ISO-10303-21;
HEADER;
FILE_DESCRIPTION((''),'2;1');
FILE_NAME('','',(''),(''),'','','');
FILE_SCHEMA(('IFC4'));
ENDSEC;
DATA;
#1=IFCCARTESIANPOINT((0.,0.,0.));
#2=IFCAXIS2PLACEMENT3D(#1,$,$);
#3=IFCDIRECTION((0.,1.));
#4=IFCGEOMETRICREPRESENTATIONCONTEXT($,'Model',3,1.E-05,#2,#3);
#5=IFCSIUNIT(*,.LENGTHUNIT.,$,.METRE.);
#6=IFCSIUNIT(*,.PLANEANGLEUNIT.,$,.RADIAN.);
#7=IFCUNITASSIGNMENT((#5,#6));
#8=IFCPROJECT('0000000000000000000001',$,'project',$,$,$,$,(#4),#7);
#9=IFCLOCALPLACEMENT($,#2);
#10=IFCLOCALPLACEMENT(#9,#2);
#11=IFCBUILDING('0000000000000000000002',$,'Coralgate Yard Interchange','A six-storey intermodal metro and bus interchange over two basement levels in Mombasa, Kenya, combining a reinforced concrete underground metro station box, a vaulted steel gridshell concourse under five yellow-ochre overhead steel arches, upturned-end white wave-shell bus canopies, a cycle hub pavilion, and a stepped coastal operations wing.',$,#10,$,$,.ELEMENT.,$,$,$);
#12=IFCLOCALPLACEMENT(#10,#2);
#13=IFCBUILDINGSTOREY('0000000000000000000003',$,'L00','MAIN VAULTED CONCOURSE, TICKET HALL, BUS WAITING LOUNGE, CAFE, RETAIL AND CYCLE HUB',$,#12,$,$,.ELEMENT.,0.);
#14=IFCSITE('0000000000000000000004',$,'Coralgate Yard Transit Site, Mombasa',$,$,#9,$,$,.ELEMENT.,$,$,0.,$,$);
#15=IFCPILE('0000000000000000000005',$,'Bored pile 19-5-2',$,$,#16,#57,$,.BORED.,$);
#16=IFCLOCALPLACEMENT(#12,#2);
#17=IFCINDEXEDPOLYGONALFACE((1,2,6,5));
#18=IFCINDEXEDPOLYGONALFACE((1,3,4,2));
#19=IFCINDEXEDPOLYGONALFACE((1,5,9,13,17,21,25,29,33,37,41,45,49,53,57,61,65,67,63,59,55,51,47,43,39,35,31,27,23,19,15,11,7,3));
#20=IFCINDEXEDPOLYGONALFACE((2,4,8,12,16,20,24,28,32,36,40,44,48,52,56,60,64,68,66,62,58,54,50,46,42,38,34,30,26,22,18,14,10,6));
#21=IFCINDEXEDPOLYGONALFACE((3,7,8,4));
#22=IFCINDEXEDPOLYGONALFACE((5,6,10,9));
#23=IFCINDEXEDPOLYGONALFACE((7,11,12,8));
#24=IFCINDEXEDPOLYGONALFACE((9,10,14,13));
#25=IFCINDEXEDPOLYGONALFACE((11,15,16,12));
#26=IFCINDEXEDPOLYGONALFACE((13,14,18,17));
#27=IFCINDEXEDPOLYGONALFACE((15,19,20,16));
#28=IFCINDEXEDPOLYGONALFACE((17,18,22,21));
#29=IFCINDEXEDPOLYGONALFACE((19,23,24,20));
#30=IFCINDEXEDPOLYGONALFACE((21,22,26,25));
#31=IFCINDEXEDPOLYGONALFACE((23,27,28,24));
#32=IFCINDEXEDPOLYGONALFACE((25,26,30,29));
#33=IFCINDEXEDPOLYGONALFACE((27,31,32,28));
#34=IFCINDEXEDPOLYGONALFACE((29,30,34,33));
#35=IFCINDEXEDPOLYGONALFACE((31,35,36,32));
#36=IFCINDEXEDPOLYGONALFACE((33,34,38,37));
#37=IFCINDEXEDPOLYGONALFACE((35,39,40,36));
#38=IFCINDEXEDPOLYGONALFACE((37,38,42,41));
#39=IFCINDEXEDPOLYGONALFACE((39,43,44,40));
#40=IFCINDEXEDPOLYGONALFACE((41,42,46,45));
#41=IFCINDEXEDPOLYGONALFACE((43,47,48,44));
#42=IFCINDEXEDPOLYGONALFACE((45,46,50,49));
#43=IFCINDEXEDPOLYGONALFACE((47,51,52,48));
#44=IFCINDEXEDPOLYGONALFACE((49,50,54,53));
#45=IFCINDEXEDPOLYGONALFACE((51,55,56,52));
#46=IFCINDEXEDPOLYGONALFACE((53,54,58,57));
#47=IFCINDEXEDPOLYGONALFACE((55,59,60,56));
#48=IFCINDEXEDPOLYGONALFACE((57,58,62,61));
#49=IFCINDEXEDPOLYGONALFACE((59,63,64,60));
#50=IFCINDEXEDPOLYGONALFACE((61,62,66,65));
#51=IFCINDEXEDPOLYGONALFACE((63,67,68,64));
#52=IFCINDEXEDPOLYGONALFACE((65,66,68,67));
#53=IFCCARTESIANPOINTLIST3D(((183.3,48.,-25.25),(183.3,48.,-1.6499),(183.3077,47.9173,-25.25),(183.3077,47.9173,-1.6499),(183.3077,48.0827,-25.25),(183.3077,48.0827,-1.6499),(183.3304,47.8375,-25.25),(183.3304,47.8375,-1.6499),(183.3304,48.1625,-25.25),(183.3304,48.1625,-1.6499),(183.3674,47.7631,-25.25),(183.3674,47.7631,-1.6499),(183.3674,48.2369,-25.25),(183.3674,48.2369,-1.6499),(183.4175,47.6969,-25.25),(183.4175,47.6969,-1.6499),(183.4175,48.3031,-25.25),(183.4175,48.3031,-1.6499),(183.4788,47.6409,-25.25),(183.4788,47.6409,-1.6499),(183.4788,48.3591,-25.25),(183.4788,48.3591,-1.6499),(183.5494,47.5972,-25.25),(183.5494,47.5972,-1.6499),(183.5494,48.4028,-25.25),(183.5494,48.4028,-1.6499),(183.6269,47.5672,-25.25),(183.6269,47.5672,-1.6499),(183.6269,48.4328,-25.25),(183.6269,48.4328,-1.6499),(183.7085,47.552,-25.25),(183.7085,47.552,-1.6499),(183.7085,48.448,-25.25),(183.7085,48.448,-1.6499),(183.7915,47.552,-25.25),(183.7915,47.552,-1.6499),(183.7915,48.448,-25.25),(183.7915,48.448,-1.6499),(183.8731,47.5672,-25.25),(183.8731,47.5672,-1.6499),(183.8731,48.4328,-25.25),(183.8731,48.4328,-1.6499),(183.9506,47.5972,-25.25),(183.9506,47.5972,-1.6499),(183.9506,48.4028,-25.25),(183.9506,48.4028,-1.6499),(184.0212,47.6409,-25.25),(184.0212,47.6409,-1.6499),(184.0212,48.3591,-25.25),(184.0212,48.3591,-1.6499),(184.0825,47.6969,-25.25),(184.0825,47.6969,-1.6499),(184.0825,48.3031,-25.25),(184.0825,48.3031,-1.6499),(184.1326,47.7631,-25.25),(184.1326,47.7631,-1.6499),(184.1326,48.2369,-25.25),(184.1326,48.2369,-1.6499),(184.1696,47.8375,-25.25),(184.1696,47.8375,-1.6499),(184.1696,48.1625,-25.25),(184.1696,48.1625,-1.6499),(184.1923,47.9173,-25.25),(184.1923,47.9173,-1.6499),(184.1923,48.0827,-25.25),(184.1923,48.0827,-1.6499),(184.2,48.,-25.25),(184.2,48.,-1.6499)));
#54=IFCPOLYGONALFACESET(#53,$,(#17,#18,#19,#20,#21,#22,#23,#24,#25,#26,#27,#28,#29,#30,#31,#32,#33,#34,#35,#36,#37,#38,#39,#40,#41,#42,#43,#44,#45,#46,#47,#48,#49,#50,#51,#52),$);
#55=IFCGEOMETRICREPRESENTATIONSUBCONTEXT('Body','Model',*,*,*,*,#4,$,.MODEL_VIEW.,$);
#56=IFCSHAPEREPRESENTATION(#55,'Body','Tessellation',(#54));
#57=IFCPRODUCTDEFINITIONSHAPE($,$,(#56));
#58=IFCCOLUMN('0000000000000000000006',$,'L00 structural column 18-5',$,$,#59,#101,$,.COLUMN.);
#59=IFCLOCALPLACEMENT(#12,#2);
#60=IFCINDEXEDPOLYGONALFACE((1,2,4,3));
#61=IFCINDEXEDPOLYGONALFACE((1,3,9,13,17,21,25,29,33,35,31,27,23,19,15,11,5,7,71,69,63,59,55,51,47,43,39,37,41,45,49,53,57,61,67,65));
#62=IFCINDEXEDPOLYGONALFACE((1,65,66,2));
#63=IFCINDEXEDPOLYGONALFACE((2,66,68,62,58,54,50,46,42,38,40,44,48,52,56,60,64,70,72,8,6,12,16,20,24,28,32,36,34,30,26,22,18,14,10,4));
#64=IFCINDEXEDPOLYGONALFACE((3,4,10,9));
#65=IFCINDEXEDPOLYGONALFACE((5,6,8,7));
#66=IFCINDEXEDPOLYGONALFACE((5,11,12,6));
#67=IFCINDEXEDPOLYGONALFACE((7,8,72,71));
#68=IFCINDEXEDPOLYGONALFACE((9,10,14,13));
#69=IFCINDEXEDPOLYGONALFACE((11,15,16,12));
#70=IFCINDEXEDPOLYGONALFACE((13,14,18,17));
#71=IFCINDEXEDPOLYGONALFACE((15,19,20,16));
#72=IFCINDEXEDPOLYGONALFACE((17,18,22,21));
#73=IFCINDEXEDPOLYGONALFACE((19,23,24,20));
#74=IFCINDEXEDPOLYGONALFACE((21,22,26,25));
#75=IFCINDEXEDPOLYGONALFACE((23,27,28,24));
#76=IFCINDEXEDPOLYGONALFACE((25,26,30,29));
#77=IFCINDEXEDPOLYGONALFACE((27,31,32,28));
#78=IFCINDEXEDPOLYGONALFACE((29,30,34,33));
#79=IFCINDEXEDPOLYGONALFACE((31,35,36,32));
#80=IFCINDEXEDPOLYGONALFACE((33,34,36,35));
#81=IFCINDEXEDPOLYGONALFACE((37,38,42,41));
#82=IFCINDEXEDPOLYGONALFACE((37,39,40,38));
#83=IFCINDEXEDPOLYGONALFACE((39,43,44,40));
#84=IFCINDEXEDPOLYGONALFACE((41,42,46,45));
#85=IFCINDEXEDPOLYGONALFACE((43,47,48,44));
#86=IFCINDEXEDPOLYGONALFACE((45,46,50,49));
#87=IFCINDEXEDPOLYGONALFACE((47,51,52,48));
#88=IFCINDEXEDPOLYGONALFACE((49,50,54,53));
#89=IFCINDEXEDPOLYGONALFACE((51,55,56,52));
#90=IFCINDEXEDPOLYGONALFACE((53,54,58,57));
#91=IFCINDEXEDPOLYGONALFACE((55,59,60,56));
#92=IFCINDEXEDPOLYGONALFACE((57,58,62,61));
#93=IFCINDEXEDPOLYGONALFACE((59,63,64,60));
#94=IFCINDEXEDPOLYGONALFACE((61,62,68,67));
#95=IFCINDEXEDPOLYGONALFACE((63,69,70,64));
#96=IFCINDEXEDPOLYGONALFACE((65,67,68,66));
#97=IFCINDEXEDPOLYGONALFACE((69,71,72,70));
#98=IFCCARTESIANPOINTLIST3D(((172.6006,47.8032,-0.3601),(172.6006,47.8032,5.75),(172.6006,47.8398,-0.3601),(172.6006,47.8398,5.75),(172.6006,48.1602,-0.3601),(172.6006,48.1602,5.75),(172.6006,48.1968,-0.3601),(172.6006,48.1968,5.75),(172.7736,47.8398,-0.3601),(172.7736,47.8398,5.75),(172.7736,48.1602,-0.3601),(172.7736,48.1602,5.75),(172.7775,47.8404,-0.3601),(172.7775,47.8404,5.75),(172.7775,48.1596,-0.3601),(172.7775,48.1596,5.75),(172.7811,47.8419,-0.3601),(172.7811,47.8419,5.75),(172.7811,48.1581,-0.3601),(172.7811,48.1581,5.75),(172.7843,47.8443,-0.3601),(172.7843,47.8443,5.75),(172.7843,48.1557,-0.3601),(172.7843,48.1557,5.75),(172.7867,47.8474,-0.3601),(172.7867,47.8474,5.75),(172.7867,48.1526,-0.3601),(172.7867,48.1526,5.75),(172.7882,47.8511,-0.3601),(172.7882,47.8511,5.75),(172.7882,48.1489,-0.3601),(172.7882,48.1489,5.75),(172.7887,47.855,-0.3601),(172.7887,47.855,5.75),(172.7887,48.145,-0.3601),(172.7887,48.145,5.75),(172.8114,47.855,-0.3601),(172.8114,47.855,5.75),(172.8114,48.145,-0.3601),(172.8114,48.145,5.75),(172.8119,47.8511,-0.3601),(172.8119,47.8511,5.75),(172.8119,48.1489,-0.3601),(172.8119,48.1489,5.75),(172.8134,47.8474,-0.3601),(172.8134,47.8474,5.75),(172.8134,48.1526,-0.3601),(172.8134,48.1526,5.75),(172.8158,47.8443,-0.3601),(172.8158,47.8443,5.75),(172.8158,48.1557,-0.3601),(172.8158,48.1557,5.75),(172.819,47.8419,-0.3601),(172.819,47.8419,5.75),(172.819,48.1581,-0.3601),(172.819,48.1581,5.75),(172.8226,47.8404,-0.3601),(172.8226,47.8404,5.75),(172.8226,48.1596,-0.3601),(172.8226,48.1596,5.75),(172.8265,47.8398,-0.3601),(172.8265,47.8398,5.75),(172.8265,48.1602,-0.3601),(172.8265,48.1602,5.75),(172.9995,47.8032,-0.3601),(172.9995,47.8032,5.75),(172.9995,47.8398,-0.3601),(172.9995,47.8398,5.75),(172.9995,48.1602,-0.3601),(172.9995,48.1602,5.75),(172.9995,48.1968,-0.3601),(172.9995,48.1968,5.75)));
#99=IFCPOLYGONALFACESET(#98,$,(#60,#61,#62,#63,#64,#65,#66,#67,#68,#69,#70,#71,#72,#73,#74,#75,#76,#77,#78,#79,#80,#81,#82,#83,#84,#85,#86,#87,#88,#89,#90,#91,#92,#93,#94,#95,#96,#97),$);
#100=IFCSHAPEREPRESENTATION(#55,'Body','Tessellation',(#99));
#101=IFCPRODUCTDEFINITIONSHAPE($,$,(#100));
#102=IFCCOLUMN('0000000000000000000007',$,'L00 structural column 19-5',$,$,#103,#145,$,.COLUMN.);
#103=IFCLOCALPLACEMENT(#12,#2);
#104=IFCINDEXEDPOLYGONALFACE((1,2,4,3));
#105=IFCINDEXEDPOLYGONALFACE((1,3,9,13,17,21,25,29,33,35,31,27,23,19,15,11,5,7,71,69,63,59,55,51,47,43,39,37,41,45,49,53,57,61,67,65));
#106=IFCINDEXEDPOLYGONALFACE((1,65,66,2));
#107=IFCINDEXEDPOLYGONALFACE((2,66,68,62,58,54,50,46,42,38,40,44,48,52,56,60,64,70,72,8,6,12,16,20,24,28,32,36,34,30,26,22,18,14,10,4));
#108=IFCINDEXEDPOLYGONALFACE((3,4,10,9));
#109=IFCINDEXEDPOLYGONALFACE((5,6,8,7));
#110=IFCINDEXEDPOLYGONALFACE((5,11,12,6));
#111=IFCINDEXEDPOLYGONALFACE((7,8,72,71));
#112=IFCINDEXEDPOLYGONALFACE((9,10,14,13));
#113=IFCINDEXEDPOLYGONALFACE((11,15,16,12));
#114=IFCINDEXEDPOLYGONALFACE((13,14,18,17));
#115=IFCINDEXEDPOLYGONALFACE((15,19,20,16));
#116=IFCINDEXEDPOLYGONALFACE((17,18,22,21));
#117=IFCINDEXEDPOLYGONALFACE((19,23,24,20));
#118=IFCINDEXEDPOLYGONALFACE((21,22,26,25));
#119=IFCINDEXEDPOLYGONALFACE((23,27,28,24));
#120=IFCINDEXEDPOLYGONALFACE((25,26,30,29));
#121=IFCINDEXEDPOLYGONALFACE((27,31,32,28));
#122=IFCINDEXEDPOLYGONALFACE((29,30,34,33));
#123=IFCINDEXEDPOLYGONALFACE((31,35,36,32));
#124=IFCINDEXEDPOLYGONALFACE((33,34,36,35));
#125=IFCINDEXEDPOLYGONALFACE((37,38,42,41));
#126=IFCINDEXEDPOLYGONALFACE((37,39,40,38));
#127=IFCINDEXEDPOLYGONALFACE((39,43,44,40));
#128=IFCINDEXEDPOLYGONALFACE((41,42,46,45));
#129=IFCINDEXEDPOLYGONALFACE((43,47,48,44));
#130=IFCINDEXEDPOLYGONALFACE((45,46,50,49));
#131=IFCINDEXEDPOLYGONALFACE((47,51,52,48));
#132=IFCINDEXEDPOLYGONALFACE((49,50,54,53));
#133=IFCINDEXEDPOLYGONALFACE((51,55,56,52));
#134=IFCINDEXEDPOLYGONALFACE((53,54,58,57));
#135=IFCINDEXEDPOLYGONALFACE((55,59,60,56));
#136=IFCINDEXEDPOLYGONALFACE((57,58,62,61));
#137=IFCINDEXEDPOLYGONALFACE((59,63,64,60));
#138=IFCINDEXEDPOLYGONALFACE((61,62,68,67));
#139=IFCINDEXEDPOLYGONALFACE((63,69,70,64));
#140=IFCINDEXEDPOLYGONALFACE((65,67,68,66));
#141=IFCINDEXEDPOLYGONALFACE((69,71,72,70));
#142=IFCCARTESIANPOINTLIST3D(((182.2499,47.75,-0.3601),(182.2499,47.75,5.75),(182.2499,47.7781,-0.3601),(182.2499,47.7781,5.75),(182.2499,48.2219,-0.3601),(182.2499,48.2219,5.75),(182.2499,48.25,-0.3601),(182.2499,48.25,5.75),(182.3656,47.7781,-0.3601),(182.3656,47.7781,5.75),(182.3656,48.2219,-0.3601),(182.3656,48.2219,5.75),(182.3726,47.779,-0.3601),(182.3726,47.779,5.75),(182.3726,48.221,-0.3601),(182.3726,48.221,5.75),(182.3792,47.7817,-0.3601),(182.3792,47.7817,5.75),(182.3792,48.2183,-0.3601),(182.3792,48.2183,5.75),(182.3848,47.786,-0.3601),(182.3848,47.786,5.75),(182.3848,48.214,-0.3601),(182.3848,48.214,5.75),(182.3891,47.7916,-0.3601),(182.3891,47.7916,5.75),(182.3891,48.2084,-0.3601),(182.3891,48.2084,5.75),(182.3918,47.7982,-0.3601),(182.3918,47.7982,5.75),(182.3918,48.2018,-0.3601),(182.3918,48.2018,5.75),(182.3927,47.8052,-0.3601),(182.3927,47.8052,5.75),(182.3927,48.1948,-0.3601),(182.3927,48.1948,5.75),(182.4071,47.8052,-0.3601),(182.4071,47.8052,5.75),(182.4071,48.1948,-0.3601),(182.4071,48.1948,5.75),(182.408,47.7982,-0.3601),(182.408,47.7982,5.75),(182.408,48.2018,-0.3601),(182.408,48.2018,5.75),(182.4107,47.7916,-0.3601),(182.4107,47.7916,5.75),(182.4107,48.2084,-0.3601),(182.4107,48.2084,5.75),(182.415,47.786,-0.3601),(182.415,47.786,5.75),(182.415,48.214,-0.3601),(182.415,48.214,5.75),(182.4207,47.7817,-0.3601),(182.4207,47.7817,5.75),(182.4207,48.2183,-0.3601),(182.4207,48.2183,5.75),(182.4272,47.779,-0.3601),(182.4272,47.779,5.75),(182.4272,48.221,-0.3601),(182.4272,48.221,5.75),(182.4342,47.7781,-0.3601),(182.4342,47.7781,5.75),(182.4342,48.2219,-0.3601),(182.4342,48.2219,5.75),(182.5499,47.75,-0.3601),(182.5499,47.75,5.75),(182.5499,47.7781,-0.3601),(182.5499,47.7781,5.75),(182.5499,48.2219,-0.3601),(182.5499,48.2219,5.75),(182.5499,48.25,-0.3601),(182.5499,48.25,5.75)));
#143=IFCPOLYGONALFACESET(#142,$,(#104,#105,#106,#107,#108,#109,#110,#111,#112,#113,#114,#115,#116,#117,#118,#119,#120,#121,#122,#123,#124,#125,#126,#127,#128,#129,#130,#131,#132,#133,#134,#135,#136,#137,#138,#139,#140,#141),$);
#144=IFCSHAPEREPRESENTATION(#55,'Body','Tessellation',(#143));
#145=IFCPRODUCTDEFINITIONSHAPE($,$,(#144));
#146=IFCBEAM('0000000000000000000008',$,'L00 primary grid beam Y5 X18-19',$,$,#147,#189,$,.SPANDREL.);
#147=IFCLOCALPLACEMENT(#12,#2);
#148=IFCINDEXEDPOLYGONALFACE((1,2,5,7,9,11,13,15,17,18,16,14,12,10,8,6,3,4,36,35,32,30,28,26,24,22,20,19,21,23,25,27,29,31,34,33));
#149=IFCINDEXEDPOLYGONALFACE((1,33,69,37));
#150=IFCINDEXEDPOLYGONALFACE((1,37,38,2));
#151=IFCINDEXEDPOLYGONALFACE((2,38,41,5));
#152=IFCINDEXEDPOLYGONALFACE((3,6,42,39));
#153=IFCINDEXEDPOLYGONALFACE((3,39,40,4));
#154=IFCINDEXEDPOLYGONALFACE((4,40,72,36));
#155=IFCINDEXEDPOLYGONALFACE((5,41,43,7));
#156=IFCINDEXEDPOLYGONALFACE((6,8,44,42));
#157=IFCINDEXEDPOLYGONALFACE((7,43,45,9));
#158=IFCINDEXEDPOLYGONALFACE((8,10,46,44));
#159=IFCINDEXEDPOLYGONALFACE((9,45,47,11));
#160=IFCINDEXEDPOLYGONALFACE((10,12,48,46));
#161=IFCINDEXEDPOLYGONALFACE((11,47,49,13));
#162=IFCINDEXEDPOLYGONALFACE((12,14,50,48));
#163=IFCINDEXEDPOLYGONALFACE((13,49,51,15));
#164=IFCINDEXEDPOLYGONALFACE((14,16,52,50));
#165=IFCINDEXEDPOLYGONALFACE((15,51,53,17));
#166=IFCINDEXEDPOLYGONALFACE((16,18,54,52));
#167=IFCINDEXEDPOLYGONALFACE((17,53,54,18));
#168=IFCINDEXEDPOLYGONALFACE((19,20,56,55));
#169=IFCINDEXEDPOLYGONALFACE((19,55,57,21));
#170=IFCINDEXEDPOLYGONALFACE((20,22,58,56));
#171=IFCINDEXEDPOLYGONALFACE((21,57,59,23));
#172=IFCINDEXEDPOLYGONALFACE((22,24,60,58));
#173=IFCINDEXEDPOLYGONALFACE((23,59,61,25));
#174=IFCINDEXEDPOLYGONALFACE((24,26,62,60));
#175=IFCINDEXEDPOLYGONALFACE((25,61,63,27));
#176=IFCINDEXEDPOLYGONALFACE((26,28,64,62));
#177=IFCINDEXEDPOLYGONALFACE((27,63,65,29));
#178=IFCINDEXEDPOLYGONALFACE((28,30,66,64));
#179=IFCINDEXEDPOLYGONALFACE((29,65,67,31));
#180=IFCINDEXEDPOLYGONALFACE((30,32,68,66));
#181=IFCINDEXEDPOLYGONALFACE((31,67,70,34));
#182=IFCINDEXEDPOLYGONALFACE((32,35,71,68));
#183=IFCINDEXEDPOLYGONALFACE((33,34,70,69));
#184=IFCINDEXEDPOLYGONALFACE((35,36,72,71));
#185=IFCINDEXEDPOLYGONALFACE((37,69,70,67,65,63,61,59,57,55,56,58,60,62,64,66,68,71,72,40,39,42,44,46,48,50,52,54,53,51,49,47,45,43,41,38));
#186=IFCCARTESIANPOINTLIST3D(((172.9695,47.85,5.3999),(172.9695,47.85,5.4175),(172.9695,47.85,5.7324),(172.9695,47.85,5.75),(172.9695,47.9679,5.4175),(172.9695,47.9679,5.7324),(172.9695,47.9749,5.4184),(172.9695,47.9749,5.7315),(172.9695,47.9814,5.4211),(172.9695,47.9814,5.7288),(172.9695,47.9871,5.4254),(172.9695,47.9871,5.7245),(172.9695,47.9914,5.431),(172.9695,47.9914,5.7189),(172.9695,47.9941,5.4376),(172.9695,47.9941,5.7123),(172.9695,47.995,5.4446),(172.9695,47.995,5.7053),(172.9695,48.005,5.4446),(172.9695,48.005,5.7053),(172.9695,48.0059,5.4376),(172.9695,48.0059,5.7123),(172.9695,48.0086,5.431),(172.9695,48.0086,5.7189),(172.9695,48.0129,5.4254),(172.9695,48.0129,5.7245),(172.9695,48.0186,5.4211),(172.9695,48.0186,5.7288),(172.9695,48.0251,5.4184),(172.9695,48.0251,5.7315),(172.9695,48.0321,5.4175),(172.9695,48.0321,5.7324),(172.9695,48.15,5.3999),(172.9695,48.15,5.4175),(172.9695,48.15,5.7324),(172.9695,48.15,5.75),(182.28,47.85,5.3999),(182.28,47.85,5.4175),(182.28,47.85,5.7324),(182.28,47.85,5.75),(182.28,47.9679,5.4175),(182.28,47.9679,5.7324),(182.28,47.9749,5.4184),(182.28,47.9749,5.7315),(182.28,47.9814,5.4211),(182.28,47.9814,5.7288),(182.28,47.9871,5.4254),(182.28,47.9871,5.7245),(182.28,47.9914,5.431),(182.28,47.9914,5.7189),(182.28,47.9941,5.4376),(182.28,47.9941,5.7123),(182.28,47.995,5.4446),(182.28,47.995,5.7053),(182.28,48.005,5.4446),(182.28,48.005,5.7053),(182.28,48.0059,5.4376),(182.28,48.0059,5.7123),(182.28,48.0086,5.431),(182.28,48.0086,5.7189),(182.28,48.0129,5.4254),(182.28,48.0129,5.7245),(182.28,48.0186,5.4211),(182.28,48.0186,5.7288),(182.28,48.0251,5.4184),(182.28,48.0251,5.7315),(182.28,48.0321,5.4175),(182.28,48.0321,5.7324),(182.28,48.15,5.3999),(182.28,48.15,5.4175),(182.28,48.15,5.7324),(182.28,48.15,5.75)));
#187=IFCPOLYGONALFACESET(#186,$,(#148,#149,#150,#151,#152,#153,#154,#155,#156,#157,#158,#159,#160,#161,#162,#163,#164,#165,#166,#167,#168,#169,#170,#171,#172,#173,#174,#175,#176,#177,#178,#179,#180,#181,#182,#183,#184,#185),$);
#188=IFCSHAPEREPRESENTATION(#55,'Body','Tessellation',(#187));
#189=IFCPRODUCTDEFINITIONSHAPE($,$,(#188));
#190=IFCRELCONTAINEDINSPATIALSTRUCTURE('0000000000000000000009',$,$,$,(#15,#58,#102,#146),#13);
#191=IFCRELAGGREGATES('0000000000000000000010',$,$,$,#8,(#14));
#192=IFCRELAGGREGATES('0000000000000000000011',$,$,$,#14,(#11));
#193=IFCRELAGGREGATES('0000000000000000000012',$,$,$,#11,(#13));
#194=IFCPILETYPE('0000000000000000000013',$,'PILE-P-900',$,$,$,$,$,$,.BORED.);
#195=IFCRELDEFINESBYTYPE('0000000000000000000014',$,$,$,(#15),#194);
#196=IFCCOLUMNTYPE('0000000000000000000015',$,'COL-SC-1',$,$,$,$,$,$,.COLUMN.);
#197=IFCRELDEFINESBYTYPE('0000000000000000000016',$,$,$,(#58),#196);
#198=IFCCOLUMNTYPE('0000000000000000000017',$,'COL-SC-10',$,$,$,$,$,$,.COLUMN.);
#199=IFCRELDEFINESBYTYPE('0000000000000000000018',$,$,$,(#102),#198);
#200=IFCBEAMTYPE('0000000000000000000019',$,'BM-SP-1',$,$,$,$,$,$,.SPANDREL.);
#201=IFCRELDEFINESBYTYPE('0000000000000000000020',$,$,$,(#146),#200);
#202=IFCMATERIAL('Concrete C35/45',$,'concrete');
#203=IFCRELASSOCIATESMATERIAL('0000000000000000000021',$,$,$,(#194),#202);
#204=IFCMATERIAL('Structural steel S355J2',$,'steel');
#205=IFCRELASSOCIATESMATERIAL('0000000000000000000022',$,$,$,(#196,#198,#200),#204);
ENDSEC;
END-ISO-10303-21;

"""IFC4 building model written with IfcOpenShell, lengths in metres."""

from ifc_helpers import new_model, si_unit, direction, frame, origin, origin_2d, place, context, subcontext, project, spatial, circle, i_section, extrude, material, material_profile, profile_set, type_object, element, save


model = new_model("IFC4")

# Units and contexts
model_context = context("Model", 3, precision=1e-05, world=origin(), true_north=direction((0.0, 1.0)))
body_context = subcontext(model_context, "Body", "Model", "MODEL_VIEW")
ifc_project = project(units=[si_unit("LENGTHUNIT", "METRE"), si_unit("PLANEANGLEUNIT", "RADIAN")], contexts=[model_context])

# Site, building, storey
site_placement = place(None, origin())
site = spatial("IfcSite", under=ifc_project, at=site_placement, Name="Coralgate Yard Transit Site, Mombasa", CompositionType="ELEMENT", RefElevation=0.0)
building_placement = place(site_placement, origin())
building = spatial("IfcBuilding", under=site, at=building_placement, Name="Coralgate Yard Interchange", Description="A six-storey intermodal metro and bus interchange over two basement levels in Mombasa, Kenya, combining a reinforced concrete underground metro station box, a vaulted steel gridshell concourse under five yellow-ochre overhead steel arches, upturned-end white wave-shell bus canopies, a cycle hub pavilion, and a stepped coastal operations wing.", CompositionType="ELEMENT")
storey_placement = place(building_placement, origin())
storey = spatial("IfcBuildingStorey", under=building, at=storey_placement, Name="L00", Description="MAIN VAULTED CONCOURSE, TICKET HALL, BUS WAITING LOUNGE, CAFE, RETAIL AND CYCLE HUB", CompositionType="ELEMENT", Elevation=0.0)

# Pile
ifc_material_1 = material(Name="Concrete C35/45", Category="concrete")
ifc_material_profile_1 = material_profile(ifc_material_1, circle(Radius=0.45, at=origin_2d()), Name="BORED PILE D900")
ifc_profile_set_1 = profile_set([ifc_material_profile_1], Name="Concrete C35/45")
pile_type = type_object("IfcPileType", Name="PILE-P-900", PredefinedType="BORED", material=ifc_profile_set_1)
for number, where, z_axis, x_axis, name in (
    (1, (183.75, 48.0, -1.6499), (0.0, 0.0, -1.0), (1.0, 0.0, 0.0), "Bored pile 19-5-2"),
):
    element("IfcPile", number, at=place(storey_placement, frame(where, z_axis=z_axis, x_axis=x_axis)), inside=storey, type_object=pile_type, Name=name, PredefinedType="BORED", context=body_context, shape_type="SweptSolid", body=[
        extrude(circle(Radius=0.45, at=origin_2d()), origin(), (0.0, 0.0, 1.0), 23.6001),
    ])

# Columns
ifc_material_2 = material(Name="Structural steel S355J2", Category="steel")
ifc_material_profile_2 = material_profile(ifc_material_2, i_section(OverallWidth=0.3989, OverallDepth=0.3936, WebThickness=0.0227, FlangeThickness=0.0366, FilletRadius=0.0151, at=origin_2d()), Name="UC 356x406x287")
ifc_profile_set_2 = profile_set([ifc_material_profile_2], Name="Structural steel S355J2")
column_type_1 = type_object("IfcColumnType", Name="COL-SC-1", PredefinedType="COLUMN", material=ifc_profile_set_2)
column_1_placement = place(storey_placement, frame((172.8, 48.0, -0.3601), z_axis=(0.0, 0.0, 1.0), x_axis=(1.0, 0.0, 0.0)))
element("IfcColumn", 2, at=column_1_placement, inside=storey, type_object=column_type_1, Name="L00 structural column 18-5", PredefinedType="COLUMN", context=body_context, shape_type="SweptSolid", body=[
    extrude(i_section(OverallWidth=0.3989, OverallDepth=0.3936, WebThickness=0.0227, FlangeThickness=0.0366, FilletRadius=0.0151, at=origin_2d()), origin(), (0.0, 0.0, 1.0), 6.1101),
])
ifc_material_profile_3 = material_profile(ifc_material_2, i_section(OverallWidth=0.3, OverallDepth=0.5, WebThickness=0.0144, FlangeThickness=0.0281, FilletRadius=0.0271, at=origin_2d()), Name="HEB 500")
ifc_profile_set_3 = profile_set([ifc_material_profile_3], Name="Structural steel S355J2")
column_type_2 = type_object("IfcColumnType", Name="COL-SC-10", PredefinedType="COLUMN", material=ifc_profile_set_3)
column_2_placement = place(storey_placement, frame((182.3999, 48.0, -0.3601), z_axis=(0.0, 0.0, 1.0), x_axis=(1.0, 0.0, 0.0)))
element("IfcColumn", 3, at=column_2_placement, inside=storey, type_object=column_type_2, Name="L00 structural column 19-5", PredefinedType="COLUMN", context=body_context, shape_type="SweptSolid", body=[
    extrude(i_section(OverallWidth=0.3, OverallDepth=0.5, WebThickness=0.0144, FlangeThickness=0.0281, FilletRadius=0.0271, at=origin_2d()), origin(), (0.0, 0.0, 1.0), 6.1101),
])

# Beam
ifc_material_profile_4 = material_profile(ifc_material_2, i_section(OverallWidth=0.3, OverallDepth=0.3501, WebThickness=0.01, FlangeThickness=0.0176, FilletRadius=0.0271, at=origin_2d()), Name="HEA 360")
ifc_profile_set_4 = profile_set([ifc_material_profile_4], Name="Structural steel S355J2")
beam_type = type_object("IfcBeamType", Name="BM-SP-1", PredefinedType="SPANDREL", material=ifc_profile_set_4)
beam_placement = place(storey_placement, frame((172.9695, 48.0, 5.575), z_axis=(1.0, 0.0, 0.0), x_axis=(0.0, 1.0, 0.0)))
element("IfcBeam", 4, at=beam_placement, inside=storey, type_object=beam_type, Name="L00 primary grid beam Y5 X18-19", PredefinedType="SPANDREL", context=body_context, shape_type="SweptSolid", body=[
    extrude(i_section(OverallWidth=0.3, OverallDepth=0.3501, WebThickness=0.01, FlangeThickness=0.0176, FilletRadius=0.0271, at=origin_2d()), origin(), (0.0, 0.0, 1.0), 9.3105),
])

save(model, "model.ifc")
